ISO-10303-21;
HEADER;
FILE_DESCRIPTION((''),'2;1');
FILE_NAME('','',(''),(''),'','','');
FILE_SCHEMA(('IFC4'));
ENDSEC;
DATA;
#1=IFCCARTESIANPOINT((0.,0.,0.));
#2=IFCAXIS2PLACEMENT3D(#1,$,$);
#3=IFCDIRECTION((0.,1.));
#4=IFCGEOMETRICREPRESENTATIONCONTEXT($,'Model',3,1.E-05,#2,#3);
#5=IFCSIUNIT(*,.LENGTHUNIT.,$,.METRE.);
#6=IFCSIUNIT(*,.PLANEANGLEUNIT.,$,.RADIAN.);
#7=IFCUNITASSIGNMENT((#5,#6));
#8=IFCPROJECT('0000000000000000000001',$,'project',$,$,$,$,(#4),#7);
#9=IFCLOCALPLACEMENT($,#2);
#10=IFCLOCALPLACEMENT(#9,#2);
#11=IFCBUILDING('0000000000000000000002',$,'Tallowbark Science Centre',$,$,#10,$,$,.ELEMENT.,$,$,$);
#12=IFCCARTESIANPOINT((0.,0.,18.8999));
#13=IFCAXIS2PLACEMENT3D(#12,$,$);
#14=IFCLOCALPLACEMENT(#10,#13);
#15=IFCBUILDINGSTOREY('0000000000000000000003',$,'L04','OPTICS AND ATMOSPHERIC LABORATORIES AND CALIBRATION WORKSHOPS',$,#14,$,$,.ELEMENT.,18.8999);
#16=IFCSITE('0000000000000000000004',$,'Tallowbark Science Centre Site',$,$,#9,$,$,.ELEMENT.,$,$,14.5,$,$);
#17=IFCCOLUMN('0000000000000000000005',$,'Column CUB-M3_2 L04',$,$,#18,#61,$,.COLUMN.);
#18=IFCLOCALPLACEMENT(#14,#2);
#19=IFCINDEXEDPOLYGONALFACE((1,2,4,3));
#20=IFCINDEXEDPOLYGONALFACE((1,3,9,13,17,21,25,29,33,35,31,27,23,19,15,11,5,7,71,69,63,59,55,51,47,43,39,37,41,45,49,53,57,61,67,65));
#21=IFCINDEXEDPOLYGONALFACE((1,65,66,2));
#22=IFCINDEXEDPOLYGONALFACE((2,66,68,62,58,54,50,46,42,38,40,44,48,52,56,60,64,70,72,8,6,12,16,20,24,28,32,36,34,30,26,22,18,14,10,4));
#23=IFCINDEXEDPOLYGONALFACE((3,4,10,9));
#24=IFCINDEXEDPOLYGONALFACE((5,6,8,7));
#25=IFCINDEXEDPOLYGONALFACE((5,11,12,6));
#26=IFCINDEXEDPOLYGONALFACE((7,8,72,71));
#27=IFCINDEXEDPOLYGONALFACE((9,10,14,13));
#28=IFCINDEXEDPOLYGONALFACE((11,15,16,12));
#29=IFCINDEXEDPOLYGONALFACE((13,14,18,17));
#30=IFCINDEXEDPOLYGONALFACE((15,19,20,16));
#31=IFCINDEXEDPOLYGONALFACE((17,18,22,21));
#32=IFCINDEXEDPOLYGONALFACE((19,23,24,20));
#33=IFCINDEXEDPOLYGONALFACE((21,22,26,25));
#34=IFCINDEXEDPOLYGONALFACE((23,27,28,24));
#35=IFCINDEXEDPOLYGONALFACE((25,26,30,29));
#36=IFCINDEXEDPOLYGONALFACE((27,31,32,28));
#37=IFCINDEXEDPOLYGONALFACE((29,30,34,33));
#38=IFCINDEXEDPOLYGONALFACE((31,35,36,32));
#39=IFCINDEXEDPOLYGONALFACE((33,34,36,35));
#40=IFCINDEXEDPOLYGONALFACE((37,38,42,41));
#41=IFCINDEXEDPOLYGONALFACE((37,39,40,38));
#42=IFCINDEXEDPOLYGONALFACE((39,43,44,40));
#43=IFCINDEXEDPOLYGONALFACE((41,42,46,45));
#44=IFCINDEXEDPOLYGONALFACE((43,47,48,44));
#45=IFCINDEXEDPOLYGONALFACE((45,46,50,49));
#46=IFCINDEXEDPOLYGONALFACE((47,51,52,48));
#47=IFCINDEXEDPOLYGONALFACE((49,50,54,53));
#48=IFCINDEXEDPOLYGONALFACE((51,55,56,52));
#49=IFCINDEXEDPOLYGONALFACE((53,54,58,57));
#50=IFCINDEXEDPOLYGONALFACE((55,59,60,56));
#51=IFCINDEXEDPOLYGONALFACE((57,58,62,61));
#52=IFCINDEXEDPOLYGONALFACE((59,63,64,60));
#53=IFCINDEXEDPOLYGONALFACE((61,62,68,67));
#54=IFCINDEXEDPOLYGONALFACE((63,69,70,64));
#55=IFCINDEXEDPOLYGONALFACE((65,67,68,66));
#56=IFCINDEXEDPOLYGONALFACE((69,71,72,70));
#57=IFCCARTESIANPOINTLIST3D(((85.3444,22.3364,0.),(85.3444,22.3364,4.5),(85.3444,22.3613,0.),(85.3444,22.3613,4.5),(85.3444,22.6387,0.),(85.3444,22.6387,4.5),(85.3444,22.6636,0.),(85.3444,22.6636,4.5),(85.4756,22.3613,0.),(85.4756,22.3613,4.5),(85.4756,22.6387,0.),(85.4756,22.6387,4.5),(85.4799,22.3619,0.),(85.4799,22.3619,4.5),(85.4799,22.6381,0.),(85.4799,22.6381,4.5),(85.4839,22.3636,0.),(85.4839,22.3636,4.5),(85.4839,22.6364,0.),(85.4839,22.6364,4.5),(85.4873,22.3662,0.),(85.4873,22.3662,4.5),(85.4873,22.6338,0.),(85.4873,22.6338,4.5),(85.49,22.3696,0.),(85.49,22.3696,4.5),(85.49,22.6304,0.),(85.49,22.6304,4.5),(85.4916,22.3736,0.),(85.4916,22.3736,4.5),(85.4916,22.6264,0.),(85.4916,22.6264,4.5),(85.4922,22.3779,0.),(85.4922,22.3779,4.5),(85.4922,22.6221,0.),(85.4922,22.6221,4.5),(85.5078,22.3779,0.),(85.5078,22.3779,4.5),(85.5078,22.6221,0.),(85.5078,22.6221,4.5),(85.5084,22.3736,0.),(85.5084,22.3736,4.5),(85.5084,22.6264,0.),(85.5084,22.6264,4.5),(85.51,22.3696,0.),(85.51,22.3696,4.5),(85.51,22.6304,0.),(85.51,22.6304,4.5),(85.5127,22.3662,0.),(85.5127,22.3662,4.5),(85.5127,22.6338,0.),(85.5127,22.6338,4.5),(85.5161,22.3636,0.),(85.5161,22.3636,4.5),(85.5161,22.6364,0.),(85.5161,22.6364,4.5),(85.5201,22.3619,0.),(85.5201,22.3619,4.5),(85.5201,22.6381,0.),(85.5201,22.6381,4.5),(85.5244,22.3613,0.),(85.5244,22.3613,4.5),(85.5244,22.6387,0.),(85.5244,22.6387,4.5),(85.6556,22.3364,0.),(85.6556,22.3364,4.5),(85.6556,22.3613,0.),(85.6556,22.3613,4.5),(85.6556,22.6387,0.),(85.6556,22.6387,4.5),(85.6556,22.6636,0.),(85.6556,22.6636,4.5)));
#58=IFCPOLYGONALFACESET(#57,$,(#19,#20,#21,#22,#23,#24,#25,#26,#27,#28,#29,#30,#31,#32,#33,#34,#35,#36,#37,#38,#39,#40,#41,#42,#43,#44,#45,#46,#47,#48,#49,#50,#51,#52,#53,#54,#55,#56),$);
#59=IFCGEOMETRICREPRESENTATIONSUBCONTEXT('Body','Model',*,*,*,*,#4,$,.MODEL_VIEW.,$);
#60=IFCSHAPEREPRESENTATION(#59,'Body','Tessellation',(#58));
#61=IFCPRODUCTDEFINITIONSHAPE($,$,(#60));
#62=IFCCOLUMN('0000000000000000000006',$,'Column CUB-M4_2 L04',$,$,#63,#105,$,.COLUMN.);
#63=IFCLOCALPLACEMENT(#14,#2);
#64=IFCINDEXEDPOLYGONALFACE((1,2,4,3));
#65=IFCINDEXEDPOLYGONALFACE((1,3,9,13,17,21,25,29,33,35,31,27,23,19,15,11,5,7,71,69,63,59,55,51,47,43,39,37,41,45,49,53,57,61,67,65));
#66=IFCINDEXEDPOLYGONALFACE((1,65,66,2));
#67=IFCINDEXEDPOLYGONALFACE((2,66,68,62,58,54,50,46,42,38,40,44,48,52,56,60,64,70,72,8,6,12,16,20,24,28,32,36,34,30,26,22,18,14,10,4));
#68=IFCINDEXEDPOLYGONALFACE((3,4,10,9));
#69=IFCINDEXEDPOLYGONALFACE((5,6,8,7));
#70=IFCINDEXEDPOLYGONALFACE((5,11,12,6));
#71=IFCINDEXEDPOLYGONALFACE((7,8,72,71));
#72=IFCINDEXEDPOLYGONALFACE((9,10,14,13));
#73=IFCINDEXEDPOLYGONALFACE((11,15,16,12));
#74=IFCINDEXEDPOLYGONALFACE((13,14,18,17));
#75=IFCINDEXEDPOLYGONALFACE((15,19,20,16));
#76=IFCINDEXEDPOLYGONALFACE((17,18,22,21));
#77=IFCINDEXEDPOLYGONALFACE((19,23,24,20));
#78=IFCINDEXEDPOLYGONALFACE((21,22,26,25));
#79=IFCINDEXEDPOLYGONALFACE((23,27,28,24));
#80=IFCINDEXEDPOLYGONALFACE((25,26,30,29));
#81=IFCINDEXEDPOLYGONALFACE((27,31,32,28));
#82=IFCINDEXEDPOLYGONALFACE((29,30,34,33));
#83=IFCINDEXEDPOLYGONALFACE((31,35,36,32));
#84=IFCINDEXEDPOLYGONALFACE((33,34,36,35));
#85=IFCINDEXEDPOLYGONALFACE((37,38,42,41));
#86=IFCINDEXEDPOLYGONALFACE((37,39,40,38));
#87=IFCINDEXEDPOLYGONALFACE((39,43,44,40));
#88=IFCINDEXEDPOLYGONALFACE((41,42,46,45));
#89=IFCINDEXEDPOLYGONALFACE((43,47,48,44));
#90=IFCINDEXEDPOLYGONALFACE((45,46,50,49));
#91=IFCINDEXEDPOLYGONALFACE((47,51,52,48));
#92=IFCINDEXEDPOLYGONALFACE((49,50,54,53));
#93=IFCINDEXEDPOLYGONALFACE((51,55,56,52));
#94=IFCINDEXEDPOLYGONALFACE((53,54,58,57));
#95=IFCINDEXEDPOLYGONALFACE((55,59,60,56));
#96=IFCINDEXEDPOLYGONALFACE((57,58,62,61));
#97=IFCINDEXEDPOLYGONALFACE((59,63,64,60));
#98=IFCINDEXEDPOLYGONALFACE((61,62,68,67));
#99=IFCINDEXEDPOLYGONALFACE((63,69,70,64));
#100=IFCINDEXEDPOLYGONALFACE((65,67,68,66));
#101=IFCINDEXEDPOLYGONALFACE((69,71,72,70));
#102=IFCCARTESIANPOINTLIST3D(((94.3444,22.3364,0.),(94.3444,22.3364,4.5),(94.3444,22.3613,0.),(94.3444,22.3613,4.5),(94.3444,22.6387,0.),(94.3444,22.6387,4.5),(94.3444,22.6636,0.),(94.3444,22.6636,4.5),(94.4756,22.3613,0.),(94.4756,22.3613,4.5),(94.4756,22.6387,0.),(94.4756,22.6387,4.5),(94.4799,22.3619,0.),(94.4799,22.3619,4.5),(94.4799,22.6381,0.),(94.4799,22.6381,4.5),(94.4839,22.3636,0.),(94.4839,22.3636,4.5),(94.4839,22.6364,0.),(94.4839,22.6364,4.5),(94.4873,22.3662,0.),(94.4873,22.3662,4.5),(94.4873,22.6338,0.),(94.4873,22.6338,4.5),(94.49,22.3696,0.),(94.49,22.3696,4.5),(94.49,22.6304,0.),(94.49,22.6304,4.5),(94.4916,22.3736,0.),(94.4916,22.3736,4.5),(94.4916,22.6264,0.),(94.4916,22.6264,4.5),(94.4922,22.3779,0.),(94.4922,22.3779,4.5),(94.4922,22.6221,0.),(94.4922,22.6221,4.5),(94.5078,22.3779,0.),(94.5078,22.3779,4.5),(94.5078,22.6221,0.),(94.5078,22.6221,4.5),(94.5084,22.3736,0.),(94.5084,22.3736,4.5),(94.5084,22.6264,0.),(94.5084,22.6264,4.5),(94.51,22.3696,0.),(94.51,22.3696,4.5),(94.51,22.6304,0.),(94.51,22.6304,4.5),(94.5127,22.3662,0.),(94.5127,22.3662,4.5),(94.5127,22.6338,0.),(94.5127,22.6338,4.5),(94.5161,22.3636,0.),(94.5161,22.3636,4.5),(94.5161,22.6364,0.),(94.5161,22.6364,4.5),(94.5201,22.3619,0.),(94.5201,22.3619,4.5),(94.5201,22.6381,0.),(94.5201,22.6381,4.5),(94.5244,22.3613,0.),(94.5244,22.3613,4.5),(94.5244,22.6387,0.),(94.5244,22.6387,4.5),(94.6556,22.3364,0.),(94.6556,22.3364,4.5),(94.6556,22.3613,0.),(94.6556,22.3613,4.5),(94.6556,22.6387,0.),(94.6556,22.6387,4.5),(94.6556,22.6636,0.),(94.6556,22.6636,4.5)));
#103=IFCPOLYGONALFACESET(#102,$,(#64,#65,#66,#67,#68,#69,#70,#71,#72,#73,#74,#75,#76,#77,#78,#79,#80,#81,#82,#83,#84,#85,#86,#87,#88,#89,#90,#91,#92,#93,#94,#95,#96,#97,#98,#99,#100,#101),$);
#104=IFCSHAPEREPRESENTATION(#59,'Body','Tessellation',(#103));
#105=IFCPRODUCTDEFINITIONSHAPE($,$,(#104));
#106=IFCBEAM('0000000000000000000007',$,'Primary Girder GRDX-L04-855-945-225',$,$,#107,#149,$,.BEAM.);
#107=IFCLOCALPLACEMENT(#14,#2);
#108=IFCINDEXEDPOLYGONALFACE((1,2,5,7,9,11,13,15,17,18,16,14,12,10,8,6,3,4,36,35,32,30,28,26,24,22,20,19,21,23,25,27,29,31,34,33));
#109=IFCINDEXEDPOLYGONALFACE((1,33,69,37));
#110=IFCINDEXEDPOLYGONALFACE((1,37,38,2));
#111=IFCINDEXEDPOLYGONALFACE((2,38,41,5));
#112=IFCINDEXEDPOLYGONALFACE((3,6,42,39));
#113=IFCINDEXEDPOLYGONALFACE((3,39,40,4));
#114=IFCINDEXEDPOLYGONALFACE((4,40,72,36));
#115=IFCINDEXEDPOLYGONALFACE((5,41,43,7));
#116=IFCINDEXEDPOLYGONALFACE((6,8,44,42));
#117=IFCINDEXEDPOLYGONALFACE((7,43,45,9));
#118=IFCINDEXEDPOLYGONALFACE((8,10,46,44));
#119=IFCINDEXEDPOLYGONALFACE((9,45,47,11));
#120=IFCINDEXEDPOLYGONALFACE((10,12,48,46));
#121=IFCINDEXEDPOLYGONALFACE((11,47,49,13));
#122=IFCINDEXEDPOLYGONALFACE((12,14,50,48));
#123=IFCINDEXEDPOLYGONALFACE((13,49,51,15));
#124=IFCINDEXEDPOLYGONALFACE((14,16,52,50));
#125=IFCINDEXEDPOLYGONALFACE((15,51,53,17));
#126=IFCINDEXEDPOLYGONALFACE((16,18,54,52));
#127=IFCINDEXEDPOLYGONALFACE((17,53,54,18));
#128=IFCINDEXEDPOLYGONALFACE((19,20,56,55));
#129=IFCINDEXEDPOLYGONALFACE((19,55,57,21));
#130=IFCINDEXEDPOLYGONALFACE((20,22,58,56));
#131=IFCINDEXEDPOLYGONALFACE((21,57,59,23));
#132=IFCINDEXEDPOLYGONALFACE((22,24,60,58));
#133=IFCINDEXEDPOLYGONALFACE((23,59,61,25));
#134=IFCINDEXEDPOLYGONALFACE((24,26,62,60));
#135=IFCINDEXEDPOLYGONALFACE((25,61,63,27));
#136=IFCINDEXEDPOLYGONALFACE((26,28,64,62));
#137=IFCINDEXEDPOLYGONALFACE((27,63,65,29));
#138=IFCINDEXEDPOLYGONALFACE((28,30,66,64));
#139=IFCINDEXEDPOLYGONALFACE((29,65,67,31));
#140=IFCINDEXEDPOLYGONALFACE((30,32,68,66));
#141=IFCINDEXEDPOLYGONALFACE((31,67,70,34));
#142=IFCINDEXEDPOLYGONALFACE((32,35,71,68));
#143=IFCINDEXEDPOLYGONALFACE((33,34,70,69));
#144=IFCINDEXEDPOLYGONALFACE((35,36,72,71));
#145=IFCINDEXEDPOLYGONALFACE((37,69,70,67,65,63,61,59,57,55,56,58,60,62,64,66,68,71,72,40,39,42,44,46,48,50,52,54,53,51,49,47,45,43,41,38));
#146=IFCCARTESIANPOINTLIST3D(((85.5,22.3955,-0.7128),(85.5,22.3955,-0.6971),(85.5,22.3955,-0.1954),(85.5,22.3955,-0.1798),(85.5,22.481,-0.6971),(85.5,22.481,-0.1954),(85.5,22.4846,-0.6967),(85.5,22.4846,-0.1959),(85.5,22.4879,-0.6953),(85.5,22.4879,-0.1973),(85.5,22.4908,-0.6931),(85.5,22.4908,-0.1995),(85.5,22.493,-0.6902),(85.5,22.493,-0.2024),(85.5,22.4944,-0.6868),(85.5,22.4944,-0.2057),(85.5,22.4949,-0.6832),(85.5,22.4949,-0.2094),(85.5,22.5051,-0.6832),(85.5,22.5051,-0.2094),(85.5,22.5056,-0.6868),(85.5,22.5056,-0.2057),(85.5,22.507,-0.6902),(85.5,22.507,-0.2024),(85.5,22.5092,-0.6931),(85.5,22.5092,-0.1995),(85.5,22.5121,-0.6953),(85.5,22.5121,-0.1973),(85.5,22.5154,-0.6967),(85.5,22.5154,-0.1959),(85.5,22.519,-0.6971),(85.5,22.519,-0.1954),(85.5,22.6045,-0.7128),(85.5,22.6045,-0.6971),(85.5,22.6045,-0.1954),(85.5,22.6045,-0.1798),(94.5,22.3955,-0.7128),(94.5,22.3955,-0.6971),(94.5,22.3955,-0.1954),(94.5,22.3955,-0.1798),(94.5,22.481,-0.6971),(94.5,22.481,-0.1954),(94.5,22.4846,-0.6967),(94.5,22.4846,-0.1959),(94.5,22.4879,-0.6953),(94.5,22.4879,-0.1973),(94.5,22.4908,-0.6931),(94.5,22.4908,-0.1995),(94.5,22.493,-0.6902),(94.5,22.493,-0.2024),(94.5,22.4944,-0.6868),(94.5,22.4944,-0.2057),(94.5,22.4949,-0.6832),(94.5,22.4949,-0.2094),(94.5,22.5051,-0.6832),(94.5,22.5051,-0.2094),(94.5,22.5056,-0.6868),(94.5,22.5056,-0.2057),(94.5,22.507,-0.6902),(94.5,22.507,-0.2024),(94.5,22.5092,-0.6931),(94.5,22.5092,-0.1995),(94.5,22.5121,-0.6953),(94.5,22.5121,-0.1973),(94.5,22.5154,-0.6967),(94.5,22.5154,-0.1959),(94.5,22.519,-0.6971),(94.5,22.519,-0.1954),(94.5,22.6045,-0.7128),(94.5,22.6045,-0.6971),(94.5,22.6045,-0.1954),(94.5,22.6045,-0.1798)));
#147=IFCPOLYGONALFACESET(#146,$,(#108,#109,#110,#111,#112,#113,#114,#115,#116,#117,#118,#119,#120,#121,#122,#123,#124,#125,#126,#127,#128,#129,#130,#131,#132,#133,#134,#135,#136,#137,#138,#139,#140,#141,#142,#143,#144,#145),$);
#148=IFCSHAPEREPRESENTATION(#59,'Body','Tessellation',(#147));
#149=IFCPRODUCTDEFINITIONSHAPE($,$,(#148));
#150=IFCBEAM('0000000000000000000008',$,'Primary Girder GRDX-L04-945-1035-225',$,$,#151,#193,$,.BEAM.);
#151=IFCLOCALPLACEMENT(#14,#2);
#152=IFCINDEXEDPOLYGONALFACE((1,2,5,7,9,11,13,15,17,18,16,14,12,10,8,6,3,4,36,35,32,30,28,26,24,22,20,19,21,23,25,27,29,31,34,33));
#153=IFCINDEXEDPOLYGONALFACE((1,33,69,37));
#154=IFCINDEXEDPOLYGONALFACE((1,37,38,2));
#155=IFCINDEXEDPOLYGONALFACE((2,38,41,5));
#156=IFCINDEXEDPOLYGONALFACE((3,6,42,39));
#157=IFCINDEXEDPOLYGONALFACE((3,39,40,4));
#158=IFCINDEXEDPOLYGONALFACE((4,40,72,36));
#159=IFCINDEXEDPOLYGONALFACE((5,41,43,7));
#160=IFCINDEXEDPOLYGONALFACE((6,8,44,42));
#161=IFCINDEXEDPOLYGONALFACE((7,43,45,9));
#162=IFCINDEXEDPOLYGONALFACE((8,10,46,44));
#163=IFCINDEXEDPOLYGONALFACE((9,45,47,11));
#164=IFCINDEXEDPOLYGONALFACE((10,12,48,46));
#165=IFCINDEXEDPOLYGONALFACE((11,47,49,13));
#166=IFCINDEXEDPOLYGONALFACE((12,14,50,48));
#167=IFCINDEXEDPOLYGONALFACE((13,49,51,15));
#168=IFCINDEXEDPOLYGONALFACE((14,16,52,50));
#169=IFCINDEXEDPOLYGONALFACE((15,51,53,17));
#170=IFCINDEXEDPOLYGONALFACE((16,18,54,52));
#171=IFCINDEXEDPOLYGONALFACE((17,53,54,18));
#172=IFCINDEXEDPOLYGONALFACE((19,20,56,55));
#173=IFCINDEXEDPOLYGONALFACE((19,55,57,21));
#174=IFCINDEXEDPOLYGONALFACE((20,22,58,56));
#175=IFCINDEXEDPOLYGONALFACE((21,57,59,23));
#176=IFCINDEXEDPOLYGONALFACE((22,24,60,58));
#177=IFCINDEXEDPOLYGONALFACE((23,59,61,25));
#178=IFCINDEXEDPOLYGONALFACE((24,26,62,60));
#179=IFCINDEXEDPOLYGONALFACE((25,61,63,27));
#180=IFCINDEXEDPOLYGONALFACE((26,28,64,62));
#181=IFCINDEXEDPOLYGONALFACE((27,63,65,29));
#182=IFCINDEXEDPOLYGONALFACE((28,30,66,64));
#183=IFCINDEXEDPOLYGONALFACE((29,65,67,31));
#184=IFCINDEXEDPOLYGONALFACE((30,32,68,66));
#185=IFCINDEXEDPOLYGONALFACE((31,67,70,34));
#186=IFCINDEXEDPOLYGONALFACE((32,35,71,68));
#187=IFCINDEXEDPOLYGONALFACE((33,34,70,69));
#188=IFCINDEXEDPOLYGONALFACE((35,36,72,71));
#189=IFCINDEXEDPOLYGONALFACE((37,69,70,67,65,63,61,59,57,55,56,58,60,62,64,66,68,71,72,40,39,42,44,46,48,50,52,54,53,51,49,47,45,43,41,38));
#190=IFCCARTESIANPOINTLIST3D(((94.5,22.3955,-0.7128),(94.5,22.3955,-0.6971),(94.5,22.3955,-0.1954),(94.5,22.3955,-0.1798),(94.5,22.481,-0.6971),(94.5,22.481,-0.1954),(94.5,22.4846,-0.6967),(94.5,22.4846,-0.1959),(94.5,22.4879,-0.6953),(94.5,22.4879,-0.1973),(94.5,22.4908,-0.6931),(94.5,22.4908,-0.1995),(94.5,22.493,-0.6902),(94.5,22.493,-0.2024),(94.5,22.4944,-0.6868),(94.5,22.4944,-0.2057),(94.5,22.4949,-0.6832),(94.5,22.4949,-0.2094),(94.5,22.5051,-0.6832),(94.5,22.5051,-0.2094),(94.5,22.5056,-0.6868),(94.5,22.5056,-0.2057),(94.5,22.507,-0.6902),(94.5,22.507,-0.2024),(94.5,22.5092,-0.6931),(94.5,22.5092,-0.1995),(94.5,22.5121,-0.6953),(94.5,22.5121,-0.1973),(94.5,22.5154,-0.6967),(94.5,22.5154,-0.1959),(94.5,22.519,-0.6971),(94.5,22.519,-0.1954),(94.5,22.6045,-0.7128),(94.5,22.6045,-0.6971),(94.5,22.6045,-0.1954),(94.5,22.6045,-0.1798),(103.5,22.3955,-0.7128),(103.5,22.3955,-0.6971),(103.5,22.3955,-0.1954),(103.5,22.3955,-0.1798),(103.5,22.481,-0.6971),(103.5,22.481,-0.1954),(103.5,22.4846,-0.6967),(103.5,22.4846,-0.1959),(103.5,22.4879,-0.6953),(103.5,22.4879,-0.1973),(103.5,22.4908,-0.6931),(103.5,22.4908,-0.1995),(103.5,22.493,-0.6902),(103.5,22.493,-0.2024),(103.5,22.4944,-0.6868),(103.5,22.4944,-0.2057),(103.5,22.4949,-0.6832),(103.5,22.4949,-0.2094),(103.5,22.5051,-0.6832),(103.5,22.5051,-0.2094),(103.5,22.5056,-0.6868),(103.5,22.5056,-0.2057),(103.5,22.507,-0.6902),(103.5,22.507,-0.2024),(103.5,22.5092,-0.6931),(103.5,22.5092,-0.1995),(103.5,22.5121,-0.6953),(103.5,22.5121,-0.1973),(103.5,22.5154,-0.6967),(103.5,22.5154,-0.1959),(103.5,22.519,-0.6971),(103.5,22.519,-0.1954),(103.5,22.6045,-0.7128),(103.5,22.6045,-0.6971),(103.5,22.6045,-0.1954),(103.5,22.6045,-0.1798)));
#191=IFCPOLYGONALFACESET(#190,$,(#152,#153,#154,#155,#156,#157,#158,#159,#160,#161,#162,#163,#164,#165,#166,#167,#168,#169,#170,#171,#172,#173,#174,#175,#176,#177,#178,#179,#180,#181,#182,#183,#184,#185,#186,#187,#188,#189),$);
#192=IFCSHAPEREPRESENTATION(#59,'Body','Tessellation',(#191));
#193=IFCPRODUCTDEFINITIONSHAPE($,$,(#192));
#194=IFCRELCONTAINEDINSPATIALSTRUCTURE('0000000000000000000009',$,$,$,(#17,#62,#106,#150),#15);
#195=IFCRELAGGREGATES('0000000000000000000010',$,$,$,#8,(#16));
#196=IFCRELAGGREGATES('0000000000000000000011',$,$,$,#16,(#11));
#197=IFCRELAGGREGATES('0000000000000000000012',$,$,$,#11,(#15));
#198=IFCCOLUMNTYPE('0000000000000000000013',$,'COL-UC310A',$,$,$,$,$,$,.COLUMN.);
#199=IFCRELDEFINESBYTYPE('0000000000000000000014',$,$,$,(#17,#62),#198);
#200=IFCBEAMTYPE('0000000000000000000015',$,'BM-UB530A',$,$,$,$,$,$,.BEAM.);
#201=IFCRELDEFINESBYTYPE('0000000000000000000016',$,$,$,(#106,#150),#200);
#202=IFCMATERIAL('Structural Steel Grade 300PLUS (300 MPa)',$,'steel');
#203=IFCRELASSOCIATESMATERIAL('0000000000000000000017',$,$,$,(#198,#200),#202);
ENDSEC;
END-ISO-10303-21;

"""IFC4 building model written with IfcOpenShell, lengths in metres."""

from ifc_helpers import new_model, si_unit, direction, frame, origin, origin_2d, place, context, subcontext, project, spatial, i_section, extrude, material, material_profile, profile_set, type_object, element, save


model = new_model("IFC4")

# Units and contexts
model_context = context("Model", 3, precision=1e-05, world=origin(), true_north=direction((0.0, 1.0)))
body_context = subcontext(model_context, "Body", "Model", "MODEL_VIEW")
ifc_project = project(units=[si_unit("LENGTHUNIT", "METRE"), si_unit("PLANEANGLEUNIT", "RADIAN")], contexts=[model_context])

# Site, building, storey
site_placement = place(None, origin())
site = spatial("IfcSite", under=ifc_project, at=site_placement, Name="Tallowbark Science Centre Site", CompositionType="ELEMENT", RefElevation=14.5)
building_placement = place(site_placement, origin())
building = spatial("IfcBuilding", under=site, at=building_placement, Name="Tallowbark Science Centre", CompositionType="ELEMENT")
storey_placement = place(building_placement, frame((0.0, 0.0, 18.8999)))
storey = spatial("IfcBuildingStorey", under=building, at=storey_placement, Name="L04", Description="OPTICS AND ATMOSPHERIC LABORATORIES AND CALIBRATION WORKSHOPS", CompositionType="ELEMENT", Elevation=18.8999)

# Columns
ifc_material_1 = material(Name="Structural Steel Grade 300PLUS (300 MPa)", Category="steel")
ifc_material_profile_1 = material_profile(ifc_material_1, i_section(OverallWidth=0.3113, OverallDepth=0.3271, WebThickness=0.0156, FlangeThickness=0.0249, FilletRadius=0.0166, at=origin_2d()), Name="310UC158")
ifc_profile_set_1 = profile_set([ifc_material_profile_1], Name="Structural Steel Grade 300PLUS (300 MPa)")
column_type = type_object("IfcColumnType", Name="COL-UC310A", PredefinedType="COLUMN", material=ifc_profile_set_1)
for number, where, z_axis, x_axis, name in (
    (1, (85.5, 22.5, 0.0), (0.0, 0.0, 1.0), (1.0, 0.0, 0.0), "Column CUB-M3_2 L04"),
    (2, (94.5, 22.5, 0.0), (0.0, 0.0, 1.0), (1.0, 0.0, 0.0), "Column CUB-M4_2 L04"),
):
    element("IfcColumn", number, at=place(storey_placement, frame(where, z_axis=z_axis, x_axis=x_axis)), inside=storey, type_object=column_type, Name=name, PredefinedType="COLUMN", context=body_context, shape_type="SweptSolid", body=[
        extrude(i_section(OverallWidth=0.3113, OverallDepth=0.3271, WebThickness=0.0156, FlangeThickness=0.0249, FilletRadius=0.0166, at=origin_2d()), origin(), (0.0, 0.0, 1.0), 4.5),
    ])

# Beams
ifc_material_profile_2 = material_profile(ifc_material_1, i_section(OverallWidth=0.209, OverallDepth=0.533, WebThickness=0.0103, FlangeThickness=0.0156, FilletRadius=0.0139, at=origin_2d()), Name="530UB92.4")
ifc_profile_set_2 = profile_set([ifc_material_profile_2], Name="Structural Steel Grade 300PLUS (300 MPa)")
beam_type_1 = type_object("IfcBeamType", Name="BM-UB530A", PredefinedType="BEAM", material=ifc_profile_set_2)
for number, where, z_axis, x_axis, name in (
    (3, (85.5, 22.5, -0.4463), (1.0, 0.0, 0.0), (0.0, 1.0, 0.0), "Primary Girder GRDX-L04-855-945-225"),
    (4, (94.5, 22.5, -0.4463), (1.0, 0.0, 0.0), (0.0, 1.0, 0.0), "Primary Girder GRDX-L04-945-1035-225"),
):
    element("IfcBeam", number, at=place(storey_placement, frame(where, z_axis=z_axis, x_axis=x_axis)), inside=storey, type_object=beam_type_1, Name=name, PredefinedType="BEAM", context=body_context, shape_type="SweptSolid", body=[
        extrude(i_section(OverallWidth=0.209, OverallDepth=0.533, WebThickness=0.0103, FlangeThickness=0.0156, FilletRadius=0.0139, at=origin_2d()), origin(), (0.0, 0.0, 1.0), 9.0),
    ])

save(model, "model.ifc")
